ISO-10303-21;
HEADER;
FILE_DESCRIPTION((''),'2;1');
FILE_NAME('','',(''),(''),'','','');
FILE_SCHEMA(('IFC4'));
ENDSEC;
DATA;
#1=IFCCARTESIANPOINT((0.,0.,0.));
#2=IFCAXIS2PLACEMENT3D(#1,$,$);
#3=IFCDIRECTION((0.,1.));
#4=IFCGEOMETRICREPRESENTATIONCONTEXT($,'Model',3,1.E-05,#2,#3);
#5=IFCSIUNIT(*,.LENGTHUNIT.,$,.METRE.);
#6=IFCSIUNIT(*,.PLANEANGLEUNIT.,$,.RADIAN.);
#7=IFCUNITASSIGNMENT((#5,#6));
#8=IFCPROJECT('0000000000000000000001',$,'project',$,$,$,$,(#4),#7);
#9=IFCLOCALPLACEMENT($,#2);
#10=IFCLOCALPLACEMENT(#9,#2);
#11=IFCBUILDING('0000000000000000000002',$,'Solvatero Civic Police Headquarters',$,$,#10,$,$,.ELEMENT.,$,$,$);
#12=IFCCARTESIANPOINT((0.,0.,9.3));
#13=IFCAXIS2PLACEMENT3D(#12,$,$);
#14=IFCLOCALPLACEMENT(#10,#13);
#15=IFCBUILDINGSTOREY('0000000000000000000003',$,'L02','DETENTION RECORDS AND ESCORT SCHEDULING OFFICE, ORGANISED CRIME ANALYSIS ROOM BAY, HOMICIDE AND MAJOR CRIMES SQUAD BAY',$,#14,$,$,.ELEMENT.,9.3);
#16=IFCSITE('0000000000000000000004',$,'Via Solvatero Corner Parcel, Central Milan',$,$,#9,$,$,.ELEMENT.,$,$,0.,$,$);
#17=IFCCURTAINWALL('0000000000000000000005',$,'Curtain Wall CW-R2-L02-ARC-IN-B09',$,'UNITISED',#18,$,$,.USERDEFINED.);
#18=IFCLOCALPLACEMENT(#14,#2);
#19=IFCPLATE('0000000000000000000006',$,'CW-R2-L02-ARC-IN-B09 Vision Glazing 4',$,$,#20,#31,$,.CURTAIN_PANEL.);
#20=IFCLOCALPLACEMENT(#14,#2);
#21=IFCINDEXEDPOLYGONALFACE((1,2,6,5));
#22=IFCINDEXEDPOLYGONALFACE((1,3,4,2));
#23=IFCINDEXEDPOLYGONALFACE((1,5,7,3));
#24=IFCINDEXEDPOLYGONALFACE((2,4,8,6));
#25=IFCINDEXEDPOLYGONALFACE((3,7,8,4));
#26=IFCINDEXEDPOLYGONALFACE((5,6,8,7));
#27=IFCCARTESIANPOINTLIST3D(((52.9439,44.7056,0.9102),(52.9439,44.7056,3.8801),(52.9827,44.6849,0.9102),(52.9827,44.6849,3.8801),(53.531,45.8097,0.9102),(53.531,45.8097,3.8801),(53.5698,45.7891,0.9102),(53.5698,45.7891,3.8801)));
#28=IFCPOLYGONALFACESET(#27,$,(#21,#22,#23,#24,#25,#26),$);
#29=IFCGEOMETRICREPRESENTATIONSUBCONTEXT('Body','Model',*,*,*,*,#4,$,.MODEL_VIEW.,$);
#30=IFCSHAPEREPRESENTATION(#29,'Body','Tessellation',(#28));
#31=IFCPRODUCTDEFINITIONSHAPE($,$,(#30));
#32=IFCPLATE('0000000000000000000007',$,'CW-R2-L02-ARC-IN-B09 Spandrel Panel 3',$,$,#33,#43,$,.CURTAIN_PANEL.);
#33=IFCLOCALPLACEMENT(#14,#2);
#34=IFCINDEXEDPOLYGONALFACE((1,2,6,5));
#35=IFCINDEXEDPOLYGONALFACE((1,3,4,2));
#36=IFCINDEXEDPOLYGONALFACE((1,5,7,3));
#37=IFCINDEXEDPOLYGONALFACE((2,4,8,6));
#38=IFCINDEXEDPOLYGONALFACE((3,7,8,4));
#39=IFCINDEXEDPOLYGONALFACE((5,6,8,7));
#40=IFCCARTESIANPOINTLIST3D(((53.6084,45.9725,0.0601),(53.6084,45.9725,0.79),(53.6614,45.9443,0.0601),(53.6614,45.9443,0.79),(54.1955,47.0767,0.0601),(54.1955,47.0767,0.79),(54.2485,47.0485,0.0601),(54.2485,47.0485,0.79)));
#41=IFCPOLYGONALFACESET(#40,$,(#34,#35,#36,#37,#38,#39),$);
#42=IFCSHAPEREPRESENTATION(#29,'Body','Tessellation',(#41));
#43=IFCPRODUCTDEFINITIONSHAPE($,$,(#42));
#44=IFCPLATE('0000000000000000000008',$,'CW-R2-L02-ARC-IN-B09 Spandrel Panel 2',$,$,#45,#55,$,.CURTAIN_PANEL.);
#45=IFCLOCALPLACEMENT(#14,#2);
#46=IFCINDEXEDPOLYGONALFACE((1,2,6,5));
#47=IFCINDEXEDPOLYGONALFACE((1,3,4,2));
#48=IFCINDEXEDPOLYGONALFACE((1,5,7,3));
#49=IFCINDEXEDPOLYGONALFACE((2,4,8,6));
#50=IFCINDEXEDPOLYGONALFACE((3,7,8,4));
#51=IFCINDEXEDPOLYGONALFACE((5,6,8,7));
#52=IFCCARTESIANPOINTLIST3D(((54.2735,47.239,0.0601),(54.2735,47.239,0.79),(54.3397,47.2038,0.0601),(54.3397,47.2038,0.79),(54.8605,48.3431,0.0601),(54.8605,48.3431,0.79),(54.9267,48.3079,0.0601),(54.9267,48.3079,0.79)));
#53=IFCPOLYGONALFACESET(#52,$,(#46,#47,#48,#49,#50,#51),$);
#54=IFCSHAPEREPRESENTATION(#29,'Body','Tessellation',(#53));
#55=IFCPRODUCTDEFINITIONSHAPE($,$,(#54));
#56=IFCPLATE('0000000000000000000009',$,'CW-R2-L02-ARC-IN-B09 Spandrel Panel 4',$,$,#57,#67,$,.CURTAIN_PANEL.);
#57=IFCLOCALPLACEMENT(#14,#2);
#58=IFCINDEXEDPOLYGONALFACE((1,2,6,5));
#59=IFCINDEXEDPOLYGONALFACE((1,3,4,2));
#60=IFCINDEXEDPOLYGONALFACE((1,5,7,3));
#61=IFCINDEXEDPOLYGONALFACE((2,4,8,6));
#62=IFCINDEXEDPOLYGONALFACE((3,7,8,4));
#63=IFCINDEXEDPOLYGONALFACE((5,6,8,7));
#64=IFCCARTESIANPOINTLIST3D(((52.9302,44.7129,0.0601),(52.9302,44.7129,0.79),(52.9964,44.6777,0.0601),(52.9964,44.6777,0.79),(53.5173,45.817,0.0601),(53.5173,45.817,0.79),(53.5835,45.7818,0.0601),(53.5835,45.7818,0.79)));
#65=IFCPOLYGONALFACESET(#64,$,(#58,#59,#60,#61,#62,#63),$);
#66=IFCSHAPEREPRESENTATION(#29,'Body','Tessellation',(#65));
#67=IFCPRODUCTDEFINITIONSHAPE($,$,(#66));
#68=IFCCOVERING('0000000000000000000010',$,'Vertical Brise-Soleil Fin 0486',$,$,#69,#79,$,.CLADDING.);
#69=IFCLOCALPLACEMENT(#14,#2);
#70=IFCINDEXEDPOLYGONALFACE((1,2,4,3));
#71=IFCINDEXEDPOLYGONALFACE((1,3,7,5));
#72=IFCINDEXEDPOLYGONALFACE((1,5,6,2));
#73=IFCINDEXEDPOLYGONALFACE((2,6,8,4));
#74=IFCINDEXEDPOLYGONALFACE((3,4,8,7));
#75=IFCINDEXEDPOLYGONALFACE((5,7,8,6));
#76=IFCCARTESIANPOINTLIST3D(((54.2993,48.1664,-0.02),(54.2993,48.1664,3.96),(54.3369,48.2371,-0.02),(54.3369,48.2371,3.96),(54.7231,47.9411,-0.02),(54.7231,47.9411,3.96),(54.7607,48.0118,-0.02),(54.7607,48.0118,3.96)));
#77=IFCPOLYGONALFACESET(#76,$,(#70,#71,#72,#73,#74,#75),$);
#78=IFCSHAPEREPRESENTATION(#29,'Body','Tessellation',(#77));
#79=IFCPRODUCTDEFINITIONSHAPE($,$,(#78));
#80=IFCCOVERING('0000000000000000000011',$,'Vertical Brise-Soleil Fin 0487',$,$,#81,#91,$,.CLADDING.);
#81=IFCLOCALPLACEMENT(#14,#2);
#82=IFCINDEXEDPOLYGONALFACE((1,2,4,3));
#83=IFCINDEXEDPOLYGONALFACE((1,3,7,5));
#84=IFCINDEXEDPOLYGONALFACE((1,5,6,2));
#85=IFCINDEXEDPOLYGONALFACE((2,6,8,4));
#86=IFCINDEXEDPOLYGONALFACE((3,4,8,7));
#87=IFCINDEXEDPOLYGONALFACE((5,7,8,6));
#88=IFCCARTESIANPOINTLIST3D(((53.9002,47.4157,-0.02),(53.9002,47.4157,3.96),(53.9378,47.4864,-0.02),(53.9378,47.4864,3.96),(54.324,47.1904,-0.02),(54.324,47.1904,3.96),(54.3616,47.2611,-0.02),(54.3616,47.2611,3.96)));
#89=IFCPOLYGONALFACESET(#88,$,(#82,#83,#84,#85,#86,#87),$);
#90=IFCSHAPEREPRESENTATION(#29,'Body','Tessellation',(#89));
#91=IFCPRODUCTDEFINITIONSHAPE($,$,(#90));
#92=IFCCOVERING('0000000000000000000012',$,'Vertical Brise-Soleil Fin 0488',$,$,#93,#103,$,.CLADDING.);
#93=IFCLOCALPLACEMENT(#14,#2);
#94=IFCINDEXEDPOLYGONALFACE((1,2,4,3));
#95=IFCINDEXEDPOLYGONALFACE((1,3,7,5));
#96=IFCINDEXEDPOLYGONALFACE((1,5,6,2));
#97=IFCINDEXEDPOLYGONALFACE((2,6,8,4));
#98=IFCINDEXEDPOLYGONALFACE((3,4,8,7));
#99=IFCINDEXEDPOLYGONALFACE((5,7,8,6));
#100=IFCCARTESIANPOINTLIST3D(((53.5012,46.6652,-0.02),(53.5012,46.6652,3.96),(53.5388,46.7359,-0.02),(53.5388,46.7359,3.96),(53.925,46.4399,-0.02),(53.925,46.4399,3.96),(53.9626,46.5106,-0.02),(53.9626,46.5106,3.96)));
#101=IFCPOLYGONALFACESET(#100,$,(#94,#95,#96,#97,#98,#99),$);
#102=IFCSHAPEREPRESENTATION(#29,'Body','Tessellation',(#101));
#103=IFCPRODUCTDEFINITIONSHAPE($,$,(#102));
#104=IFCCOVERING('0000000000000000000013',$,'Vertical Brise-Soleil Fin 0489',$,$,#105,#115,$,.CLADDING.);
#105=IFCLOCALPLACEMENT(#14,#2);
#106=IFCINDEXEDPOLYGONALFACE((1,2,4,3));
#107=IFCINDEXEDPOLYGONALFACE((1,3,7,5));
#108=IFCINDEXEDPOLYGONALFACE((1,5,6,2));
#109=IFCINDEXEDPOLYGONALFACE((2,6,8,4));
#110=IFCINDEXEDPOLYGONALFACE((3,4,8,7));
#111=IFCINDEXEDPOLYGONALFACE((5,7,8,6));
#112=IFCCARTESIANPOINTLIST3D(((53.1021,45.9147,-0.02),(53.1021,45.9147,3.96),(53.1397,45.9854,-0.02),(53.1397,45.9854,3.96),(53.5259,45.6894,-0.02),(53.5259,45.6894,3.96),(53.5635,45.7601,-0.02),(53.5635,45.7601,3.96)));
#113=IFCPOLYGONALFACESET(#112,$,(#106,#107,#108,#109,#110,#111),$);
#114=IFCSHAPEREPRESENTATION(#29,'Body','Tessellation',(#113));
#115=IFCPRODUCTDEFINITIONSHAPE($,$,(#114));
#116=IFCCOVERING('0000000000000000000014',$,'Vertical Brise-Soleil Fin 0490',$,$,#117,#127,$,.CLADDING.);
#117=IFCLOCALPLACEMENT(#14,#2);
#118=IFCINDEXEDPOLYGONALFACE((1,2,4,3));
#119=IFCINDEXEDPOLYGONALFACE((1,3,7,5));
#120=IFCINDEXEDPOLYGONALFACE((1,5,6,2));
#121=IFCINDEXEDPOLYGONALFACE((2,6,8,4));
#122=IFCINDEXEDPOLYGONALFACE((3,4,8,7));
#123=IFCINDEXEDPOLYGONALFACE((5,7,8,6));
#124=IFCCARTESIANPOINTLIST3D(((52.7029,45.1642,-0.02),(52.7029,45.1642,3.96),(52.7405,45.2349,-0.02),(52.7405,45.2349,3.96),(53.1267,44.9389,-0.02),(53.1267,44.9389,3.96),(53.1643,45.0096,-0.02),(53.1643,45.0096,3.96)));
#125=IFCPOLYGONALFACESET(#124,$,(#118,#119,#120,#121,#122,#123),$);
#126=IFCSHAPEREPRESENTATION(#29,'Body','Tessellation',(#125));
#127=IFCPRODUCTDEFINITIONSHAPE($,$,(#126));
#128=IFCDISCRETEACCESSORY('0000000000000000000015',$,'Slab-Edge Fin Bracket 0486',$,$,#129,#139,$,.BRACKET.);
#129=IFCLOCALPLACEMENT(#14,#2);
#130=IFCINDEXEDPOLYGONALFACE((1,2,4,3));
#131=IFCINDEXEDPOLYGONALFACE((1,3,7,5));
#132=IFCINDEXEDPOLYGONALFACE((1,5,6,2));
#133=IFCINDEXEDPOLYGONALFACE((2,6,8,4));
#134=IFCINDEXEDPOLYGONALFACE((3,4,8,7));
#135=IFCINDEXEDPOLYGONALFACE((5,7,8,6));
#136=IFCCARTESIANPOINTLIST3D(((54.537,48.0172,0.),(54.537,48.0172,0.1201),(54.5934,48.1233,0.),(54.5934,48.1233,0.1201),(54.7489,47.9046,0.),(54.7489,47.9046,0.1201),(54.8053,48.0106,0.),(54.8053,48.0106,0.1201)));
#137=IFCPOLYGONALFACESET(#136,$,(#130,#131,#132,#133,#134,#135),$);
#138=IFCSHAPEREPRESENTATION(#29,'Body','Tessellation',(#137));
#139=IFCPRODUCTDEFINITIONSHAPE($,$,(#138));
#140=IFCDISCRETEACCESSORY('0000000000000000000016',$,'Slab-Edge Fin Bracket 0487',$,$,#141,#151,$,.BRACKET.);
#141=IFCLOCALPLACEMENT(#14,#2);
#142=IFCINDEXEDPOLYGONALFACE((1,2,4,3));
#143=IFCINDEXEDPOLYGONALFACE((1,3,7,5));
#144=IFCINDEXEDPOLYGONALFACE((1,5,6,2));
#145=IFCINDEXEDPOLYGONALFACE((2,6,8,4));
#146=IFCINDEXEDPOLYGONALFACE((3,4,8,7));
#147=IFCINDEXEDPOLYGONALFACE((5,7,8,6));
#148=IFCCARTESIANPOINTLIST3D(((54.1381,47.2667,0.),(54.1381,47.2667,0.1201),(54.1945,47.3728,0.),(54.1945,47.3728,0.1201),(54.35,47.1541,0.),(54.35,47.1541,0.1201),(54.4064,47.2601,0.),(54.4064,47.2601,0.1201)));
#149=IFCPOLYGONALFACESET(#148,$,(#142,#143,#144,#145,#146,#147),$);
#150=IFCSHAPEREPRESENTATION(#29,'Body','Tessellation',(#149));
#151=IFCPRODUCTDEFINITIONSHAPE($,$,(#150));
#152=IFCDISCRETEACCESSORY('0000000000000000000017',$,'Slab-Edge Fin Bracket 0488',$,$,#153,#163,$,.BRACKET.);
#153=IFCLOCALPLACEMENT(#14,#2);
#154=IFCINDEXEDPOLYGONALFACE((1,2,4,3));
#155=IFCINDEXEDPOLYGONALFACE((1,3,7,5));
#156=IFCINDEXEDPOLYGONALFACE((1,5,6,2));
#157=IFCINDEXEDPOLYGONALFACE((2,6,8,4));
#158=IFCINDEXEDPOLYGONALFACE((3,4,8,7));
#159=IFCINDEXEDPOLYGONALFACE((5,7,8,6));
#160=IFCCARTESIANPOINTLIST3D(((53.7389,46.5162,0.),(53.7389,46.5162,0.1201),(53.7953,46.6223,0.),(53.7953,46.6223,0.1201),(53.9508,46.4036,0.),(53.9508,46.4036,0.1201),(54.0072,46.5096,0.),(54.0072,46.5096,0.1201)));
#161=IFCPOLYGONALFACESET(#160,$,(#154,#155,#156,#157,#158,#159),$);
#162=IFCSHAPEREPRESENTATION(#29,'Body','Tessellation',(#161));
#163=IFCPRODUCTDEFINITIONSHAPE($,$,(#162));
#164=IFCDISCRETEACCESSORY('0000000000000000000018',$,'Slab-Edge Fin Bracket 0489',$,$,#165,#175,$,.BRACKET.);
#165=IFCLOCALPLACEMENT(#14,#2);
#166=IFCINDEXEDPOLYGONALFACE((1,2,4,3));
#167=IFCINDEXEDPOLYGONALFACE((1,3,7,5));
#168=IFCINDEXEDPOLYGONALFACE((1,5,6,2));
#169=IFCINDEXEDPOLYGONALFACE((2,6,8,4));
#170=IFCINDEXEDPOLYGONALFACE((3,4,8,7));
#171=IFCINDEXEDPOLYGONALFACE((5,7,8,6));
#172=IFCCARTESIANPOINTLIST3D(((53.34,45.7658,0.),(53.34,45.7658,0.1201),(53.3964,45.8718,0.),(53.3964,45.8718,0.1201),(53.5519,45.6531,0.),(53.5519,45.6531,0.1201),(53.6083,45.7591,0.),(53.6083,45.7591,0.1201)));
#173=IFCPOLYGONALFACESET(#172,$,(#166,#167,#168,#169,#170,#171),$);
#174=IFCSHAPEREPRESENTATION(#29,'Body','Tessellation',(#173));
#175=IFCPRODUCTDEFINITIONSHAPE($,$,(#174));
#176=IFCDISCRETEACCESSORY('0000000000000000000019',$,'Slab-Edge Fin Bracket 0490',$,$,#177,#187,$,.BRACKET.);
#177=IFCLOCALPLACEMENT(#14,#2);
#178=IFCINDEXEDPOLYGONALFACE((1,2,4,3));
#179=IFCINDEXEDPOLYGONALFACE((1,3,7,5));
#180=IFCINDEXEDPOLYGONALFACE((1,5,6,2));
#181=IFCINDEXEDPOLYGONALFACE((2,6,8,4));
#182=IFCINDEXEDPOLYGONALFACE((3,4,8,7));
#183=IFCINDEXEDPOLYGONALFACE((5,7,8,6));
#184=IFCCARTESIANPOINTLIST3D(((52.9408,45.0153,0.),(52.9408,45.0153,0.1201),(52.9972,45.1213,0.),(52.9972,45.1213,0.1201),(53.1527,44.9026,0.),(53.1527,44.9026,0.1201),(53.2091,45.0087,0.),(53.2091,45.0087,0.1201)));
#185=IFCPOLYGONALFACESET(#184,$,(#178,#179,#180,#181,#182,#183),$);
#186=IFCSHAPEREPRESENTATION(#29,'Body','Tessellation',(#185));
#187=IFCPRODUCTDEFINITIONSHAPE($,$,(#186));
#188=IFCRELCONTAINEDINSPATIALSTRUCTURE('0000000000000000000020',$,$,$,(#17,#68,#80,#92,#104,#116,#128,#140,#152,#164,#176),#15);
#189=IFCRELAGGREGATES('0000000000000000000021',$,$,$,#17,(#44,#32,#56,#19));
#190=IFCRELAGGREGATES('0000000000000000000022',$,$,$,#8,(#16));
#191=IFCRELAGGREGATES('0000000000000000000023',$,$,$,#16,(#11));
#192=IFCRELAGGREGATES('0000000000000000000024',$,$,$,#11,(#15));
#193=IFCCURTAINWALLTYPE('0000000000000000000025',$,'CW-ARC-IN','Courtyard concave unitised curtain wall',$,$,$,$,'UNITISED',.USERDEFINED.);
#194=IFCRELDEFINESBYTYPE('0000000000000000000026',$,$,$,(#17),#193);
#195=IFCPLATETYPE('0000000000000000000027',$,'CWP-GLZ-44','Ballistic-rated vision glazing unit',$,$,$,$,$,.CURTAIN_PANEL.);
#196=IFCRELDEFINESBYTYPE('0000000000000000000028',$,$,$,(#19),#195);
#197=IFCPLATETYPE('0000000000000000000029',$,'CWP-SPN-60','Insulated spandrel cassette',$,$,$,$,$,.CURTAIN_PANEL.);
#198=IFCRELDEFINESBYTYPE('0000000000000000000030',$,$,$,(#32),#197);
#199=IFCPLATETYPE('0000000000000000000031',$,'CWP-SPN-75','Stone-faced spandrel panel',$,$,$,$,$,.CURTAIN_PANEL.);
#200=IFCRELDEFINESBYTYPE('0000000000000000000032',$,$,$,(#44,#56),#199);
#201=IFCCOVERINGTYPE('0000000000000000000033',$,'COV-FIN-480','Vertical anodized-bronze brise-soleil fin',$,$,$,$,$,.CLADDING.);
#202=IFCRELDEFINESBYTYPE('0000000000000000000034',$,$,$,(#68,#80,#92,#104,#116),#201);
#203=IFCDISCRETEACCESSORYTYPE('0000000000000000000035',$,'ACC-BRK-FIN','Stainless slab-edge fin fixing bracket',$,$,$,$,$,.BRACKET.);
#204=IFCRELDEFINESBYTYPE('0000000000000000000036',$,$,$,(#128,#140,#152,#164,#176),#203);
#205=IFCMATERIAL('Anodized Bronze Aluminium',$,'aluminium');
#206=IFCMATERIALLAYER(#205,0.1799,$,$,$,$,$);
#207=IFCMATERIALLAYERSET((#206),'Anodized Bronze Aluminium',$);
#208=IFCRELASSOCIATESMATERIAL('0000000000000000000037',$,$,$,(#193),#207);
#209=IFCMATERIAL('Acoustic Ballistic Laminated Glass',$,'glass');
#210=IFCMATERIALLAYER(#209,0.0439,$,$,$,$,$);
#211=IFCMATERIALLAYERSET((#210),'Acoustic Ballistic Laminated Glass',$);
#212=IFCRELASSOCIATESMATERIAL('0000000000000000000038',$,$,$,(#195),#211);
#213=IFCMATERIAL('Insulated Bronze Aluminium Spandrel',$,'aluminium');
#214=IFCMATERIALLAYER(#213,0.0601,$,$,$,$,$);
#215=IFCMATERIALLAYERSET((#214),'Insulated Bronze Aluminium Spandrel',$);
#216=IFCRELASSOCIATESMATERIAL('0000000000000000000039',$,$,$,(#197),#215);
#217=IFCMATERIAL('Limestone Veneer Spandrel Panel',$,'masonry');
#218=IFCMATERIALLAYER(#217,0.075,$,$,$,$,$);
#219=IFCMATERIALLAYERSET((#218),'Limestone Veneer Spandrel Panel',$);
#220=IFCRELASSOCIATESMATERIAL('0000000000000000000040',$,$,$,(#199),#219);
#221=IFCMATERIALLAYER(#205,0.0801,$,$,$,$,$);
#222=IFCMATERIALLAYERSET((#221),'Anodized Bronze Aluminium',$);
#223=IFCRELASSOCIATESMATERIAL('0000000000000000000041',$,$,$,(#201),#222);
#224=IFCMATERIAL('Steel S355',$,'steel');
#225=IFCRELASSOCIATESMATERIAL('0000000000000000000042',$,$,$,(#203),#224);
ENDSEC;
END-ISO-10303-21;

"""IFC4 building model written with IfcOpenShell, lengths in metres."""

from ifc_helpers import new_model, si_unit, direction, frame, origin, origin_2d, place, context, subcontext, project, spatial, rectangle, extrude, material, layer, layer_set, type_object, element, aggregate, save


model = new_model("IFC4")

# Units and contexts
model_context = context("Model", 3, precision=1e-05, world=origin(), true_north=direction((0.0, 1.0)))
body_context = subcontext(model_context, "Body", "Model", "MODEL_VIEW")
ifc_project = project(units=[si_unit("LENGTHUNIT", "METRE"), si_unit("PLANEANGLEUNIT", "RADIAN")], contexts=[model_context])

# Site, building, storey
site_placement = place(None, origin())
site = spatial("IfcSite", under=ifc_project, at=site_placement, Name="Via Solvatero Corner Parcel, Central Milan", CompositionType="ELEMENT", RefElevation=0.0)
building_placement = place(site_placement, origin())
building = spatial("IfcBuilding", under=site, at=building_placement, Name="Solvatero Civic Police Headquarters", CompositionType="ELEMENT")
storey_placement = place(building_placement, frame((0.0, 0.0, 9.3)))
storey = spatial("IfcBuildingStorey", under=building, at=storey_placement, Name="L02", Description="DETENTION RECORDS AND ESCORT SCHEDULING OFFICE, ORGANISED CRIME ANALYSIS ROOM BAY, HOMICIDE AND MAJOR CRIMES SQUAD BAY", CompositionType="ELEMENT", Elevation=9.3)

# Shared definitions
ifc_material_1 = material(Name="Steel S355", Category="steel")

# Shared definitions
ifc_material_2 = material(Name="Anodized Bronze Aluminium", Category="aluminium")
ifc_layer_1 = layer(ifc_material_2, 0.1799)
ifc_layer_set_1 = layer_set([ifc_layer_1], Name="Anodized Bronze Aluminium")
curtain_wall_type = type_object("IfcCurtainWallType", Name="CW-ARC-IN", Description="Courtyard concave unitised curtain wall", ElementType="UNITISED", PredefinedType="USERDEFINED", material=ifc_layer_set_1)

# Curtain wall
curtain_wall_1_placement = place(storey_placement, origin())
curtain_wall_1 = element("IfcCurtainWall", 1, at=curtain_wall_1_placement, inside=storey, type_object=curtain_wall_type, Name="Curtain Wall CW-R2-L02-ARC-IN-B09", ObjectType="UNITISED", PredefinedType="USERDEFINED")

# Plates
ifc_material_3 = material(Name="Acoustic Ballistic Laminated Glass", Category="glass")
ifc_layer_2 = layer(ifc_material_3, 0.0439)
ifc_layer_set_2 = layer_set([ifc_layer_2], Name="Acoustic Ballistic Laminated Glass")
plate_type_1 = type_object("IfcPlateType", Name="CWP-GLZ-44", Description="Ballistic-rated vision glazing unit", PredefinedType="CURTAIN_PANEL", material=ifc_layer_set_2)
plate_1_placement = place(storey_placement, frame((53.2568, 45.2473, 0.9102), z_axis=(0.0, 0.0, 1.0), x_axis=(-0.469472, -0.882948, 0.0)))
plate_1 = element("IfcPlate", 2, at=plate_1_placement, type_object=plate_type_1, Name="CW-R2-L02-ARC-IN-B09 Vision Glazing 4", PredefinedType="CURTAIN_PANEL", context=body_context, shape_type="SweptSolid", body=[
    extrude(rectangle(XDim=1.2505, YDim=0.0439, at=origin_2d()), origin(), (0.0, 0.0, 1.0), 2.97),
])
ifc_material_4 = material(Name="Insulated Bronze Aluminium Spandrel", Category="aluminium")
ifc_layer_3 = layer(ifc_material_4, 0.0601)
ifc_layer_set_3 = layer_set([ifc_layer_3], Name="Insulated Bronze Aluminium Spandrel")
plate_type_2 = type_object("IfcPlateType", Name="CWP-SPN-60", Description="Insulated spandrel cassette", PredefinedType="CURTAIN_PANEL", material=ifc_layer_set_3)
plate_2_placement = place(storey_placement, frame((53.9285, 46.5105, 0.0601), z_axis=(0.0, 0.0, 1.0), x_axis=(-0.469472, -0.882948, 0.0)))
plate_2 = element("IfcPlate", 3, at=plate_2_placement, type_object=plate_type_2, Name="CW-R2-L02-ARC-IN-B09 Spandrel Panel 3", PredefinedType="CURTAIN_PANEL", context=body_context, shape_type="SweptSolid", body=[
    extrude(rectangle(XDim=1.2505, YDim=0.0601, at=origin_2d()), origin(), (0.0, 0.0, 1.0), 0.73),
])
ifc_material_5 = material(Name="Limestone Veneer Spandrel Panel", Category="masonry")
ifc_layer_4 = layer(ifc_material_5, 0.075)
ifc_layer_set_4 = layer_set([ifc_layer_4], Name="Limestone Veneer Spandrel Panel")
plate_type_3 = type_object("IfcPlateType", Name="CWP-SPN-75", Description="Stone-faced spandrel panel", PredefinedType="CURTAIN_PANEL", material=ifc_layer_set_4)
plate_3_placement = place(storey_placement, frame((54.6001, 47.7734, 0.0601), z_axis=(0.0, 0.0, 1.0), x_axis=(-0.469472, -0.882948, 0.0)))
plate_3 = element("IfcPlate", 4, at=plate_3_placement, type_object=plate_type_3, Name="CW-R2-L02-ARC-IN-B09 Spandrel Panel 2", PredefinedType="CURTAIN_PANEL", context=body_context, shape_type="SweptSolid", body=[
    extrude(rectangle(XDim=1.2505, YDim=0.075, at=origin_2d()), origin(), (0.0, 0.0, 1.0), 0.73),
])
plate_4_placement = place(storey_placement, frame((53.2568, 45.2473, 0.0601), z_axis=(0.0, 0.0, 1.0), x_axis=(-0.469472, -0.882948, 0.0)))
plate_4 = element("IfcPlate", 5, at=plate_4_placement, type_object=plate_type_3, Name="CW-R2-L02-ARC-IN-B09 Spandrel Panel 4", PredefinedType="CURTAIN_PANEL", context=body_context, shape_type="SweptSolid", body=[
    extrude(rectangle(XDim=1.2505, YDim=0.075, at=origin_2d()), origin(), (0.0, 0.0, 1.0), 0.73),
])
aggregate(curtain_wall_1, [plate_3, plate_2, plate_4, plate_1])

# Coverings
ifc_layer_5 = layer(ifc_material_2, 0.0801)
ifc_layer_set_5 = layer_set([ifc_layer_5], Name="Anodized Bronze Aluminium")
covering_type = type_object("IfcCoveringType", Name="COV-FIN-480", Description="Vertical anodized-bronze brise-soleil fin", PredefinedType="CLADDING", material=ifc_layer_set_5)
for number, where, z_axis, x_axis, name in (
    (6, (54.53, 48.0891, -0.02), (0.0, 0.0, 1.0), (-0.469472, -0.882948, 0.0), "Vertical Brise-Soleil Fin 0486"),
    (7, (54.1309, 47.3384, -0.02), (0.0, 0.0, 1.0), (-0.469472, -0.882948, 0.0), "Vertical Brise-Soleil Fin 0487"),
    (8, (53.7319, 46.5879, -0.02), (0.0, 0.0, 1.0), (-0.469472, -0.882948, 0.0), "Vertical Brise-Soleil Fin 0488"),
    (9, (53.3328, 45.8374, -0.02), (0.0, 0.0, 1.0), (-0.469472, -0.882948, 0.0), "Vertical Brise-Soleil Fin 0489"),
    (10, (52.9336, 45.0869, -0.02), (0.0, 0.0, 1.0), (-0.469472, -0.882948, 0.0), "Vertical Brise-Soleil Fin 0490"),
):
    element("IfcCovering", number, at=place(storey_placement, frame(where, z_axis=z_axis, x_axis=x_axis)), inside=storey, type_object=covering_type, Name=name, PredefinedType="CLADDING", context=body_context, shape_type="SweptSolid", body=[
        extrude(rectangle(XDim=0.0801, YDim=0.48, at=origin_2d()), origin(), (0.0, 0.0, 1.0), 3.98),
    ])

# Discrete accessories
discrete_accessory_type = type_object("IfcDiscreteAccessoryType", Name="ACC-BRK-FIN", Description="Stainless slab-edge fin fixing bracket", PredefinedType="BRACKET", material=ifc_material_1)
for number, where, z_axis, x_axis, name in (
    (11, (54.6711, 48.0139, 0.0), (0.0, 0.0, 1.0), (-0.469472, -0.882948, 0.0), "Slab-Edge Fin Bracket 0486"),
    (12, (54.2722, 47.2634, 0.0), (0.0, 0.0, 1.0), (-0.469472, -0.882948, 0.0), "Slab-Edge Fin Bracket 0487"),
    (13, (53.873, 46.5129, 0.0), (0.0, 0.0, 1.0), (-0.469472, -0.882948, 0.0), "Slab-Edge Fin Bracket 0488"),
    (14, (53.4741, 45.7625, 0.0), (0.0, 0.0, 1.0), (-0.469472, -0.882948, 0.0), "Slab-Edge Fin Bracket 0489"),
    (15, (53.075, 45.012, 0.0), (0.0, 0.0, 1.0), (-0.469472, -0.882948, 0.0), "Slab-Edge Fin Bracket 0490"),
):
    element("IfcDiscreteAccessory", number, at=place(storey_placement, frame(where, z_axis=z_axis, x_axis=x_axis)), inside=storey, type_object=discrete_accessory_type, Name=name, PredefinedType="BRACKET", context=body_context, shape_type="SweptSolid", body=[
        extrude(rectangle(XDim=0.1201, YDim=0.24, at=origin_2d()), origin(), (0.0, 0.0, 1.0), 0.1201),
    ])

save(model, "model.ifc")
